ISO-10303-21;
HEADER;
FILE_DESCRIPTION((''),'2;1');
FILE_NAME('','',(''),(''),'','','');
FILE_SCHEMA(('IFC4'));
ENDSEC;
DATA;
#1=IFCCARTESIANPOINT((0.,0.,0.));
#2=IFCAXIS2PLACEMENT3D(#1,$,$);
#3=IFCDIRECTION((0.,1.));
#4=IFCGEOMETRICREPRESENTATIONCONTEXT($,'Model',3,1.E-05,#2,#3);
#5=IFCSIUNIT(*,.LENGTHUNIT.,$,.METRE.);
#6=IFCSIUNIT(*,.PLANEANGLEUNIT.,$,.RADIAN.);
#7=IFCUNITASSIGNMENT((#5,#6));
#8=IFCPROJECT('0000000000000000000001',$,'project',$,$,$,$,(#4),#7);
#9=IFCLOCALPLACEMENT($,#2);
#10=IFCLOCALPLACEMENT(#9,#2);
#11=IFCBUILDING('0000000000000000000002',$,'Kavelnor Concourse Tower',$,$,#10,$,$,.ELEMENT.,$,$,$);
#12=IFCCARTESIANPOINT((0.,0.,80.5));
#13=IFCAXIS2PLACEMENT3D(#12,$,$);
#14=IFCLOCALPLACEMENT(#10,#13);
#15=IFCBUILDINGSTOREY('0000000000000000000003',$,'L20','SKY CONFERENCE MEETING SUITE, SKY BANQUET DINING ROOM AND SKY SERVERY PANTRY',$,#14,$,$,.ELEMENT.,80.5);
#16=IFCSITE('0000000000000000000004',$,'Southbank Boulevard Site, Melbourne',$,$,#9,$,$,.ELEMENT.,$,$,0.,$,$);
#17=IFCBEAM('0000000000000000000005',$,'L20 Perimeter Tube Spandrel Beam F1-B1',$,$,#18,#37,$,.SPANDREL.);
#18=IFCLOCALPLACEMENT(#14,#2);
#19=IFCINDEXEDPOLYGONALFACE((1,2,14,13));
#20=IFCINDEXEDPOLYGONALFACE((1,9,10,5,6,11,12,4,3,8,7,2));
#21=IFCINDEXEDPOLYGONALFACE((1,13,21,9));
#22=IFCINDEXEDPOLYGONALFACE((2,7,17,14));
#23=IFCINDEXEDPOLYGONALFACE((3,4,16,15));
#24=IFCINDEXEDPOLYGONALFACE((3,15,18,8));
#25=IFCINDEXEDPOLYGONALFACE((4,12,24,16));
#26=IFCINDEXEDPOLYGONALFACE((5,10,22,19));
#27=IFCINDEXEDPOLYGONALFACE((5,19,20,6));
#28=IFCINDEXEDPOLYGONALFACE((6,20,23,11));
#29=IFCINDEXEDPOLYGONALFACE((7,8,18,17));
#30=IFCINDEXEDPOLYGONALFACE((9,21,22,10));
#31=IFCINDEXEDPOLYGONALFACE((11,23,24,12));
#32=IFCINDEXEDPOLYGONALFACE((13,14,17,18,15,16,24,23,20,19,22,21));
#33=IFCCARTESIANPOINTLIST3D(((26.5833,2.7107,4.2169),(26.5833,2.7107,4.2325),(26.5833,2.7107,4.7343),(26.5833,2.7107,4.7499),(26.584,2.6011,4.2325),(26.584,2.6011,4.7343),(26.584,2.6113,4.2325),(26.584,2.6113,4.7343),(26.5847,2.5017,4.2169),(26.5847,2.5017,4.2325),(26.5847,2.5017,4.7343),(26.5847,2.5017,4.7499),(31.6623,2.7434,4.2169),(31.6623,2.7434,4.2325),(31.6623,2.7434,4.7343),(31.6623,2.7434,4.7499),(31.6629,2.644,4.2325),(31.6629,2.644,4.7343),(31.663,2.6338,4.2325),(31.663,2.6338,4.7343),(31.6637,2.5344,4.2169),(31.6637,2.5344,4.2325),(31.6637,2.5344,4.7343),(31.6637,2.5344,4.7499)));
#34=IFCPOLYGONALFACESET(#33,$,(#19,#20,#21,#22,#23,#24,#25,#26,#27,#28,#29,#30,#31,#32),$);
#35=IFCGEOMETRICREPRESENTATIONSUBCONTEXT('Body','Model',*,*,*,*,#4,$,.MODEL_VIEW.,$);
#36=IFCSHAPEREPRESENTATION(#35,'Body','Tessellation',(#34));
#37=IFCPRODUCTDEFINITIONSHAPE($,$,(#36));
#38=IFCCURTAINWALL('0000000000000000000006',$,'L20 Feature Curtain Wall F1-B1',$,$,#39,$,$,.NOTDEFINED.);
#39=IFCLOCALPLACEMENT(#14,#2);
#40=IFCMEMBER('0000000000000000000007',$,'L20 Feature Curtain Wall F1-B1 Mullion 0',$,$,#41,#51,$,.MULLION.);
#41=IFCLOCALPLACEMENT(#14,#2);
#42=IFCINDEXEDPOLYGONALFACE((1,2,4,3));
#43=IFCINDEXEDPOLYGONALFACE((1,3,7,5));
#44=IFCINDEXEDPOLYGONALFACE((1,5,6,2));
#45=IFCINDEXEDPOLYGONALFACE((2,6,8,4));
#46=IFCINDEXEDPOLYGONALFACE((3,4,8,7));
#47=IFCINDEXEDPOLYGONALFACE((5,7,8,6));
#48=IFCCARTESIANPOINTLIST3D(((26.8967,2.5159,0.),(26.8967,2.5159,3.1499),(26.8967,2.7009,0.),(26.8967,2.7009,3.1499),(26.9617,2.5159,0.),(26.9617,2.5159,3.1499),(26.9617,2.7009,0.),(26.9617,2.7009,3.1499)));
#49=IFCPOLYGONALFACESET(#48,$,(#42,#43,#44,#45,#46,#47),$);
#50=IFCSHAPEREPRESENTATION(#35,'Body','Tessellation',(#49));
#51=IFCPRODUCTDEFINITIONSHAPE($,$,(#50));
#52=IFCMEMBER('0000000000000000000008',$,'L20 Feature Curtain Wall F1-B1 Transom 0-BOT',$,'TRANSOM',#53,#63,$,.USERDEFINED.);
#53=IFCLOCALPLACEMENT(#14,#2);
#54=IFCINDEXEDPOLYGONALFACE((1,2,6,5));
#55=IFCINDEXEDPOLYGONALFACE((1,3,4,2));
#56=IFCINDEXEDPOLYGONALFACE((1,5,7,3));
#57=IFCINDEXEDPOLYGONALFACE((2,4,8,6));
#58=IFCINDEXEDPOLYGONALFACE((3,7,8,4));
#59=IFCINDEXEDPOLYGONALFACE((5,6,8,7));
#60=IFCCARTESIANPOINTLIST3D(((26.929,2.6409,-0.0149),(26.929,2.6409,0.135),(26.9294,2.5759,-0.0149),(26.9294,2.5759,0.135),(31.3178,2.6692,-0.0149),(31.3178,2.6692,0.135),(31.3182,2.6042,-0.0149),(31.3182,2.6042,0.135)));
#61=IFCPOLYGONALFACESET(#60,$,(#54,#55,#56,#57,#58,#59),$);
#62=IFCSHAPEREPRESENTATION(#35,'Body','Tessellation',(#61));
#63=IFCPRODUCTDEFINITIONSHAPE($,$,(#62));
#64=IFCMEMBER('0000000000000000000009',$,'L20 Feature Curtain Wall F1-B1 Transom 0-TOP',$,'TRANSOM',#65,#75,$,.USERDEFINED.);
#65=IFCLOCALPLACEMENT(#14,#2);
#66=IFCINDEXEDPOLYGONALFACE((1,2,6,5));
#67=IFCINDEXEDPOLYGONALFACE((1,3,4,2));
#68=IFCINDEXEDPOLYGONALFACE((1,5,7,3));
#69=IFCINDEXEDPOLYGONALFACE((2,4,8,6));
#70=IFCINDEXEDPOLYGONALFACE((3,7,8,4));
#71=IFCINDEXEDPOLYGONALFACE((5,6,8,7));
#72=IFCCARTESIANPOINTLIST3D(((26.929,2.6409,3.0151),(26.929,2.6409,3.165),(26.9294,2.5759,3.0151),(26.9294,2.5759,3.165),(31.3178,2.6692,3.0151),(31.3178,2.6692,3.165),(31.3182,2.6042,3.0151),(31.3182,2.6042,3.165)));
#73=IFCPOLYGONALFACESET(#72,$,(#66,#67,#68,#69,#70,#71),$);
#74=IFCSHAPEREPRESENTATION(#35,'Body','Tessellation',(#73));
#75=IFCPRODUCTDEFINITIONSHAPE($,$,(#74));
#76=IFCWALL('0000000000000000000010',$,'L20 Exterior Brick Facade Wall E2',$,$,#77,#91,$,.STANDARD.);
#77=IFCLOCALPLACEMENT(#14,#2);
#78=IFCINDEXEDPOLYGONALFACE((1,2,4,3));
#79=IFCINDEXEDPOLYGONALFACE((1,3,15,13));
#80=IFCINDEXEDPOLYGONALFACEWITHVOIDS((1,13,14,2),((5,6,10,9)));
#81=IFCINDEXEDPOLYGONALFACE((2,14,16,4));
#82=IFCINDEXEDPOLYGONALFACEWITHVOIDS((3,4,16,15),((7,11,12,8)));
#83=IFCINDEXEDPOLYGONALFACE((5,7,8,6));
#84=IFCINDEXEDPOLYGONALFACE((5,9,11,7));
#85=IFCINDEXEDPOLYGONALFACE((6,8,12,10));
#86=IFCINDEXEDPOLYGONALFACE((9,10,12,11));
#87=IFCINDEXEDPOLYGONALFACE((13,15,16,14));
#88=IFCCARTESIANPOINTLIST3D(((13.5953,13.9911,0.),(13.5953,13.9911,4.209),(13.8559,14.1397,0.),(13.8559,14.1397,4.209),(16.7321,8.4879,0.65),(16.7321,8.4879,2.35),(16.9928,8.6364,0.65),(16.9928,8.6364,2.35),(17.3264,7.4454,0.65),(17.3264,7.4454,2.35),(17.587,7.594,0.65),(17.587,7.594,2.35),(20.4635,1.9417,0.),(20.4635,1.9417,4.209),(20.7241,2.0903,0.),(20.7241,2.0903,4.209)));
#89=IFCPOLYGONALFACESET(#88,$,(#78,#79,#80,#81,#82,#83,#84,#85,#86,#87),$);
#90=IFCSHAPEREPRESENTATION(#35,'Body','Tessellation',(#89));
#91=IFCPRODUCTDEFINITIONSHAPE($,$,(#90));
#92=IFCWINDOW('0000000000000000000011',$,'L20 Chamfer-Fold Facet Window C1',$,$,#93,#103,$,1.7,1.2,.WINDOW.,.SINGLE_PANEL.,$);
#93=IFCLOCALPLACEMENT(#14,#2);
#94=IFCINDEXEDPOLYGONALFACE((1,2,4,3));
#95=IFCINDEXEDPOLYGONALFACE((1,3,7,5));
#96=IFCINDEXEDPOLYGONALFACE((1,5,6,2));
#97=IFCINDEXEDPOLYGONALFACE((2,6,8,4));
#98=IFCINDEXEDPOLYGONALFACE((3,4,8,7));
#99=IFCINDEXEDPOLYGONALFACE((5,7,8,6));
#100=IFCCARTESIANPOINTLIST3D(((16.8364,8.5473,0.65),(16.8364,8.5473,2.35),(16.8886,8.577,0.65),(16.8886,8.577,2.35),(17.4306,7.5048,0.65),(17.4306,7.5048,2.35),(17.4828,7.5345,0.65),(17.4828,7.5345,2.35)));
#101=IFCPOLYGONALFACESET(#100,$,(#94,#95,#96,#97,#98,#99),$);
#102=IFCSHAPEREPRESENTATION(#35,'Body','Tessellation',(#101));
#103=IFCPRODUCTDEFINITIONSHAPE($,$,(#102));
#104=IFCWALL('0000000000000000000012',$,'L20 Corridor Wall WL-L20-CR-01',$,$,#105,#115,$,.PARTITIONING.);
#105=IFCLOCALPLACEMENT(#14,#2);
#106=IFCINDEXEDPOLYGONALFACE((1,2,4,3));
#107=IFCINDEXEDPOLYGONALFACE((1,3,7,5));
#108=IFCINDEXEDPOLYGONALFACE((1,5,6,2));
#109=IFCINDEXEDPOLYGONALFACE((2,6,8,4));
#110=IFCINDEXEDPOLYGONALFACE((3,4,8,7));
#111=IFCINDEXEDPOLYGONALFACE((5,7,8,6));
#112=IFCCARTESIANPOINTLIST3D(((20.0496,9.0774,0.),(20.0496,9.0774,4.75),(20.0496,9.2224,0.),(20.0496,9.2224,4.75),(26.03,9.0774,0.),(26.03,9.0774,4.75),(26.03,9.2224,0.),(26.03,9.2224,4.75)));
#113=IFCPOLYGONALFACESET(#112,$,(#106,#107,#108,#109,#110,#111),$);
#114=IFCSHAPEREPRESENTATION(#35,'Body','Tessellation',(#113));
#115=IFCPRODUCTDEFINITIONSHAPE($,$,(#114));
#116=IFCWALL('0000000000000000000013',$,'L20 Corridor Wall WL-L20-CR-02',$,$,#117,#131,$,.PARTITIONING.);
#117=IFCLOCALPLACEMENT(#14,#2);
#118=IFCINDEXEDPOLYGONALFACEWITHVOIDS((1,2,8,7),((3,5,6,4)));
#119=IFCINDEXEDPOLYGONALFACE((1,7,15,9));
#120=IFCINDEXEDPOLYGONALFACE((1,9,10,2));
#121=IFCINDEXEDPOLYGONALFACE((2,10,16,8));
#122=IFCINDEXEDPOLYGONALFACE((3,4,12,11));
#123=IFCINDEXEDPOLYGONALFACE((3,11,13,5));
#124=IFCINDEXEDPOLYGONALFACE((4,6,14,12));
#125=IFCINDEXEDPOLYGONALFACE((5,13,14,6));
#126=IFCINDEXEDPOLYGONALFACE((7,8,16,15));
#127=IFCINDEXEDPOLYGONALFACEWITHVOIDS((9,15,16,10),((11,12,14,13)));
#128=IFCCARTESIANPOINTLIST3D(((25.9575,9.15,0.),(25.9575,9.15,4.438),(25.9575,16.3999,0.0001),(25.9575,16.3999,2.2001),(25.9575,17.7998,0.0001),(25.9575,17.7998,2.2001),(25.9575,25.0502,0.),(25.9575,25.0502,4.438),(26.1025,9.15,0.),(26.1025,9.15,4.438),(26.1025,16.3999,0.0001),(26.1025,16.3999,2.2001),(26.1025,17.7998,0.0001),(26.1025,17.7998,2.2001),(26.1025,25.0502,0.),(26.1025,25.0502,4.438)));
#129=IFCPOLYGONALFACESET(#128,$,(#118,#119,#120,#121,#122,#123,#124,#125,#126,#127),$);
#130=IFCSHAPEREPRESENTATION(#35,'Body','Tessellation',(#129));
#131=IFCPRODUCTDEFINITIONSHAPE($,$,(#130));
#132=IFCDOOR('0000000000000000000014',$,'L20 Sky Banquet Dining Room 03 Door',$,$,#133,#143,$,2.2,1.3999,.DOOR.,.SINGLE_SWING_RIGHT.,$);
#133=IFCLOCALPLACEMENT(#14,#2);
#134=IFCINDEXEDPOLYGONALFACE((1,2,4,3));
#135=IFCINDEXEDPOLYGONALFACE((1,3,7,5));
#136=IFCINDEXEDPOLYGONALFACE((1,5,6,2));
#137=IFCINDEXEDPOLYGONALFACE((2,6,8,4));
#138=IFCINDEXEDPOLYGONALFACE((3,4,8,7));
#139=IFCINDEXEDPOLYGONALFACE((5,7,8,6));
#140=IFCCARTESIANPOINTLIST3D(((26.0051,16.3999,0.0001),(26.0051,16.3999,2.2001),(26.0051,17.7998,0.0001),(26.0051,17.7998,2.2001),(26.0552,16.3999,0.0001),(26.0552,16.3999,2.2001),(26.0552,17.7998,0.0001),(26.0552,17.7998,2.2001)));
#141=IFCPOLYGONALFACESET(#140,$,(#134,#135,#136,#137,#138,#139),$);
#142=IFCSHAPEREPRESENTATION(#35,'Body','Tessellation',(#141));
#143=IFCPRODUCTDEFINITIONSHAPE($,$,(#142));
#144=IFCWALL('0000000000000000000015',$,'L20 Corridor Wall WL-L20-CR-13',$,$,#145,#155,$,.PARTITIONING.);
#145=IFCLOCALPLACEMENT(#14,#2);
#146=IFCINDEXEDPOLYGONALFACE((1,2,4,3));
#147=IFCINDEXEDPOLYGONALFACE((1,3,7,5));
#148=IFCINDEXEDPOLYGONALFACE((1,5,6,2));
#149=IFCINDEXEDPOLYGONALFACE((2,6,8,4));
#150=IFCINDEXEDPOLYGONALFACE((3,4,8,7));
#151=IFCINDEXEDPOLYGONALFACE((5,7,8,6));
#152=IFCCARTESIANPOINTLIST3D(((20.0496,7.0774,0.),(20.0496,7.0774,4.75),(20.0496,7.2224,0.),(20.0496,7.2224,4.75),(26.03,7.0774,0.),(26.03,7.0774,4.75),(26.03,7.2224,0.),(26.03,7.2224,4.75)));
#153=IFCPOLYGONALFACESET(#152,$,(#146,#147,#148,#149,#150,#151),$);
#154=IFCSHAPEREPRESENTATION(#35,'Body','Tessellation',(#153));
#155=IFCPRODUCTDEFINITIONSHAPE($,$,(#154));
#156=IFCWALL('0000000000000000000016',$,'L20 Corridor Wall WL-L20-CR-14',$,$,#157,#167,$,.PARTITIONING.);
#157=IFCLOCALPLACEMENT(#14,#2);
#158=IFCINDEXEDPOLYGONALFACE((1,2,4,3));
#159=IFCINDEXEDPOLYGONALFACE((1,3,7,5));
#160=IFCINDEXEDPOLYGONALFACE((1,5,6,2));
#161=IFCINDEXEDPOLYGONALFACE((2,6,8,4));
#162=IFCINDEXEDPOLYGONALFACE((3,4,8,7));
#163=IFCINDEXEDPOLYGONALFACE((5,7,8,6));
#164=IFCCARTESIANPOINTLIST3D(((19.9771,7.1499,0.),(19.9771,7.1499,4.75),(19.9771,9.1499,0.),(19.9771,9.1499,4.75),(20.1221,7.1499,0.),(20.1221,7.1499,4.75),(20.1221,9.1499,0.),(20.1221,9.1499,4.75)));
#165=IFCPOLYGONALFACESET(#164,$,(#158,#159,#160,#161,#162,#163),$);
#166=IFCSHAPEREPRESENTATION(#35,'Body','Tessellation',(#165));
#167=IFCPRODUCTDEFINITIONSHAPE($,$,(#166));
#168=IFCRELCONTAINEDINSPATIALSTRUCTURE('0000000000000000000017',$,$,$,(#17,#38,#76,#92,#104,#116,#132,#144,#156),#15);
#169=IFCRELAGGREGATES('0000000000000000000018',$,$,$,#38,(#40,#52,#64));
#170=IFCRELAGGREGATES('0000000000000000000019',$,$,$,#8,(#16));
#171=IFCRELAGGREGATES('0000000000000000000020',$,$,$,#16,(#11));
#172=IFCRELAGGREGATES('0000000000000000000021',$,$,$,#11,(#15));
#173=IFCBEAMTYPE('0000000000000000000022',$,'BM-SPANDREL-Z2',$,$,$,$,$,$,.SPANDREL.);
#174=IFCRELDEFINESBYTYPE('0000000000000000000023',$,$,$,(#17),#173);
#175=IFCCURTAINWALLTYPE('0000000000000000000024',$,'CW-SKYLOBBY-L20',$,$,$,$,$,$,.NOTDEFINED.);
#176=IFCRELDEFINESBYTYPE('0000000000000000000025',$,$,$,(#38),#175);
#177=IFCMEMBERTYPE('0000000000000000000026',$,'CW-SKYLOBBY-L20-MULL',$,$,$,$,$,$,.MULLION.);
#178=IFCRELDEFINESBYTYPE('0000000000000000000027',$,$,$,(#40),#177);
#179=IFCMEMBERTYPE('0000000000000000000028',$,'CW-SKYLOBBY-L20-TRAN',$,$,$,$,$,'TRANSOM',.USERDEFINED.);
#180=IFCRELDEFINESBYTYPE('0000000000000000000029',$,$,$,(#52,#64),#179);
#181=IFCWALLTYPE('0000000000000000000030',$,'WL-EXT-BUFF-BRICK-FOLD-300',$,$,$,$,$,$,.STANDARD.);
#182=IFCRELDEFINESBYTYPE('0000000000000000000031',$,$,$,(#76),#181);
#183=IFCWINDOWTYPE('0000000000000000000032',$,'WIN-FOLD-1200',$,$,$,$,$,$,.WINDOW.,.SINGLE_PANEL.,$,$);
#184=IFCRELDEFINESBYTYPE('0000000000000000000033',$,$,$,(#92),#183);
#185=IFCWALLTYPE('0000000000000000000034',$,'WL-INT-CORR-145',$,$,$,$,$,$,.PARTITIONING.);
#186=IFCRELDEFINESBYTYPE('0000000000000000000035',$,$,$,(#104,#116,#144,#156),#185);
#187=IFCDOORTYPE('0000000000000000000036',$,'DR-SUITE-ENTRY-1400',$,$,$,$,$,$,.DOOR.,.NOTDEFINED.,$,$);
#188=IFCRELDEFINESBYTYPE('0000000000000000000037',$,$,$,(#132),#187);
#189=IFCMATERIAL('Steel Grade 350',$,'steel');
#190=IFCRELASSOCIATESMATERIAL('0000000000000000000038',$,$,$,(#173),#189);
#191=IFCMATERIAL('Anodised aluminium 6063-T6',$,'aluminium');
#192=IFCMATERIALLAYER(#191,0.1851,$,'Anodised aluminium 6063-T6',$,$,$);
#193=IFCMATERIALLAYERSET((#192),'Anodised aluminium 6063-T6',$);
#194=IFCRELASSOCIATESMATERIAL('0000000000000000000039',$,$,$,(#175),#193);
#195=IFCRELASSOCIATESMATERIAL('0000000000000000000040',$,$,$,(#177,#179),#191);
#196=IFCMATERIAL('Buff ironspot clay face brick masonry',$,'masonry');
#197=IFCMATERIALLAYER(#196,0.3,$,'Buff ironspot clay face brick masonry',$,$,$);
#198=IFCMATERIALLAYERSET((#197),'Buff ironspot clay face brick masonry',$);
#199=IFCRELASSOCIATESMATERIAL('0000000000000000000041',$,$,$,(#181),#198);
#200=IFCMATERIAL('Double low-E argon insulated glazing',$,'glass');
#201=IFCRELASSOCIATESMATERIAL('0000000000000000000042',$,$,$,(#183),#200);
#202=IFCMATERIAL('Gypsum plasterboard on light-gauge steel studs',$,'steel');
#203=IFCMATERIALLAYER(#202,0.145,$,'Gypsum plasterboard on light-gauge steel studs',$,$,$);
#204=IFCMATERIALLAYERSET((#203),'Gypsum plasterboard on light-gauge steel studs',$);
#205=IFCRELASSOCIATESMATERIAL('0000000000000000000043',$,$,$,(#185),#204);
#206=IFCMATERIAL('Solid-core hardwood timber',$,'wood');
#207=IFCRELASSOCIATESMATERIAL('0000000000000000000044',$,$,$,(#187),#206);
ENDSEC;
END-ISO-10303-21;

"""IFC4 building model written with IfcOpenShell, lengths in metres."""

from ifc_helpers import new_model, si_unit, direction, frame, frame_2d, origin, origin_2d, place, context, subcontext, project, spatial, rectangle, i_section, extrude, material, layer, layer_set, material_profile, profile_set, type_object, element, fill, aggregate, save


model = new_model("IFC4")

# Units and contexts
model_context = context("Model", 3, precision=1e-05, world=origin(), true_north=direction((0.0, 1.0)))
body_context = subcontext(model_context, "Body", "Model", "MODEL_VIEW")
ifc_project = project(units=[si_unit("LENGTHUNIT", "METRE"), si_unit("PLANEANGLEUNIT", "RADIAN")], contexts=[model_context])

# Site, building, storey
site_placement = place(None, origin())
site = spatial("IfcSite", under=ifc_project, at=site_placement, Name="Southbank Boulevard Site, Melbourne", CompositionType="ELEMENT", RefElevation=0.0)
building_placement = place(site_placement, origin())
building = spatial("IfcBuilding", under=site, at=building_placement, Name="Kavelnor Concourse Tower", CompositionType="ELEMENT")
storey_placement = place(building_placement, frame((0.0, 0.0, 80.5)))
storey = spatial("IfcBuildingStorey", under=building, at=storey_placement, Name="L20", Description="SKY CONFERENCE MEETING SUITE, SKY BANQUET DINING ROOM AND SKY SERVERY PANTRY", CompositionType="ELEMENT", Elevation=80.5)

# Shared definitions
ifc_material_1 = material(Name="Steel Grade 350", Category="steel")

# Beam
ifc_material_profile_1 = material_profile(ifc_material_1, i_section(OverallWidth=0.209, OverallDepth=0.533, WebThickness=0.0103, FlangeThickness=0.0156, at=origin_2d()), Name="530UB92")
ifc_profile_set_1 = profile_set([ifc_material_profile_1], Name="Steel Grade 350")
beam_type_1 = type_object("IfcBeamType", Name="BM-SPANDREL-Z2", PredefinedType="SPANDREL", material=ifc_profile_set_1)
beam_1_placement = place(storey_placement, frame((26.584, 2.6062, 4.4834), z_axis=(0.999979, 0.006441, 0.0), x_axis=(-0.006441, 0.999979, 0.0)))
element("IfcBeam", 1, at=beam_1_placement, inside=storey, type_object=beam_type_1, Name="L20 Perimeter Tube Spandrel Beam F1-B1", PredefinedType="SPANDREL", context=body_context, shape_type="SweptSolid", body=[
    extrude(i_section(OverallWidth=0.209, OverallDepth=0.533, WebThickness=0.0103, FlangeThickness=0.0156, at=origin_2d()), origin(), (0.0, 0.0, 1.0), 5.0791),
])

# Curtain wall, members
ifc_material_2 = material(Name="Anodised aluminium 6063-T6", Category="aluminium")
ifc_layer_1 = layer(ifc_material_2, 0.1851, Name="Anodised aluminium 6063-T6")
ifc_layer_set_1 = layer_set([ifc_layer_1], Name="Anodised aluminium 6063-T6")
curtain_wall_type = type_object("IfcCurtainWallType", Name="CW-SKYLOBBY-L20", PredefinedType="NOTDEFINED", material=ifc_layer_set_1)
curtain_wall_placement = place(storey_placement, origin())
curtain_wall = element("IfcCurtainWall", 2, at=curtain_wall_placement, inside=storey, type_object=curtain_wall_type, Name="L20 Feature Curtain Wall F1-B1", PredefinedType="NOTDEFINED")
ifc_material_profile_2 = material_profile(ifc_material_2, rectangle(XDim=0.0649, YDim=0.1851, at=origin_2d()), Name="AL-MULL 65x185")
ifc_profile_set_2 = profile_set([ifc_material_profile_2], Name="Anodised aluminium 6063-T6")
member_type_1 = type_object("IfcMemberType", Name="CW-SKYLOBBY-L20-MULL", PredefinedType="MULLION", material=ifc_profile_set_2)
member_1_placement = place(storey_placement, frame((26.9292, 2.6084, 0.0), z_axis=(0.0, 0.0, 1.0), x_axis=(1.0, 0.0, 0.0)))
member_1 = element("IfcMember", 3, at=member_1_placement, type_object=member_type_1, Name="L20 Feature Curtain Wall F1-B1 Mullion 0", PredefinedType="MULLION", context=body_context, shape_type="SweptSolid", body=[
    extrude(rectangle(XDim=0.0649, YDim=0.1851, at=origin_2d()), origin(), (0.0, 0.0, 1.0), 3.1499),
])
ifc_material_profile_3 = material_profile(ifc_material_2, rectangle(XDim=0.0649, YDim=0.1499, at=origin_2d()), Name="AL-TRAN 65x150")
ifc_profile_set_3 = profile_set([ifc_material_profile_3], Name="Anodised aluminium 6063-T6")
member_type_2 = type_object("IfcMemberType", Name="CW-SKYLOBBY-L20-TRAN", ElementType="TRANSOM", PredefinedType="USERDEFINED", material=ifc_profile_set_3)
member_2_placement = place(storey_placement, frame((26.9292, 2.6084, 0.0601), z_axis=(0.999979, 0.006453, 0.0), x_axis=(-0.006453, 0.999979, 0.0)))
member_2 = element("IfcMember", 4, at=member_2_placement, type_object=member_type_2, Name="L20 Feature Curtain Wall F1-B1 Transom 0-BOT", ObjectType="TRANSOM", PredefinedType="USERDEFINED", context=body_context, shape_type="SweptSolid", body=[
    extrude(rectangle(XDim=0.0649, YDim=0.1499, at=origin_2d()), origin(), (0.0, 0.0, 1.0), 4.3889),
])
member_3_placement = place(storey_placement, frame((26.9292, 2.6084, 3.0901), z_axis=(0.999979, 0.006453, 0.0), x_axis=(-0.006453, 0.999979, 0.0)))
member_3 = element("IfcMember", 5, at=member_3_placement, type_object=member_type_2, Name="L20 Feature Curtain Wall F1-B1 Transom 0-TOP", ObjectType="TRANSOM", PredefinedType="USERDEFINED", context=body_context, shape_type="SweptSolid", body=[
    extrude(rectangle(XDim=0.0649, YDim=0.1499, at=origin_2d()), origin(), (0.0, 0.0, 1.0), 4.3889),
])
aggregate(curtain_wall, [member_1, member_2, member_3])

# Wall, opening, window
ifc_material_3 = material(Name="Buff ironspot clay face brick masonry", Category="masonry")
ifc_layer_2 = layer(ifc_material_3, 0.3, Name="Buff ironspot clay face brick masonry")
ifc_layer_set_2 = layer_set([ifc_layer_2], Name="Buff ironspot clay face brick masonry")
wall_type_1 = type_object("IfcWallType", Name="WL-EXT-BUFF-BRICK-FOLD-300", PredefinedType="STANDARD", material=ifc_layer_set_2)
wall_1_placement = place(storey_placement, frame((20.5938, 2.0161, 0.0), z_axis=(0.0, 0.0, 1.0), x_axis=(-0.495206, 0.868776, 0.0)))
wall_1 = element("IfcWall", 6, at=wall_1_placement, inside=storey, type_object=wall_type_1, Name="L20 Exterior Brick Facade Wall E2", PredefinedType="STANDARD", context=body_context, shape_type="SweptSolid", body=[
    extrude(rectangle(XDim=13.8694, YDim=0.3, at=frame_2d((6.9346, 0.0))), origin(), (0.0, 0.0, 1.0), 4.209),
])
opening_1_placement = place(wall_1_placement, frame((6.3347, 0.0, 0.6499)))
opening_1 = element("IfcOpeningElement", 7, at=opening_1_placement, cuts=wall_1, PredefinedType="OPENING", context=body_context, shape_type="SweptSolid", body=[
    extrude(rectangle(XDim=1.2, YDim=1.7, at=frame_2d((0.6001, 0.8501))), frame((0.0, 0.1602, 0.0), z_axis=(0.0, -1.0, 0.0), x_axis=(1.0, 0.0, 0.0)), (0.0, 0.0, 1.0), 0.3201),
])
ifc_material_4 = material(Name="Double low-E argon insulated glazing", Category="glass")
window_type = type_object("IfcWindowType", Name="WIN-FOLD-1200", PartitioningType="SINGLE_PANEL", PredefinedType="WINDOW", material=ifc_material_4)
window_placement = place(opening_1_placement, origin())
window = element("IfcWindow", 8, at=window_placement, inside=storey, type_object=window_type, Name="L20 Chamfer-Fold Facet Window C1", OverallHeight=1.7, OverallWidth=1.2, PartitioningType="SINGLE_PANEL", PredefinedType="WINDOW", context=body_context, shape_type="SweptSolid", body=[
    extrude(rectangle(XDim=1.2, YDim=1.7, at=frame_2d((0.6001, 0.8501))), frame((0.0, 0.03, 0.0), z_axis=(0.0, -1.0, 0.0), x_axis=(1.0, 0.0, 0.0)), (0.0, 0.0, 1.0), 0.0601),
])
fill(opening_1, window)

# Wall
ifc_material_5 = material(Name="Gypsum plasterboard on light-gauge steel studs", Category="steel")
ifc_layer_3 = layer(ifc_material_5, 0.145, Name="Gypsum plasterboard on light-gauge steel studs")
ifc_layer_set_3 = layer_set([ifc_layer_3], Name="Gypsum plasterboard on light-gauge steel studs")
wall_type_2 = type_object("IfcWallType", Name="WL-INT-CORR-145", PredefinedType="PARTITIONING", material=ifc_layer_set_3)
wall_2_placement = place(storey_placement, frame((20.0496, 9.1499, 0.0), z_axis=(0.0, 0.0, 1.0), x_axis=(1.0, 0.0, 0.0)))
element("IfcWall", 9, at=wall_2_placement, inside=storey, type_object=wall_type_2, Name="L20 Corridor Wall WL-L20-CR-01", PredefinedType="PARTITIONING", context=body_context, shape_type="SweptSolid", body=[
    extrude(rectangle(XDim=5.9805, YDim=0.145, at=frame_2d((2.9902, 0.0))), origin(), (0.0, 0.0, 1.0), 4.75),
])

# Wall, opening, door
wall_3_placement = place(storey_placement, frame((26.03, 9.1499, 0.0), z_axis=(0.0, 0.0, 1.0), x_axis=(0.0, 1.0, 0.0)))
wall_3 = element("IfcWall", 10, at=wall_3_placement, inside=storey, type_object=wall_type_2, Name="L20 Corridor Wall WL-L20-CR-02", PredefinedType="PARTITIONING", context=body_context, shape_type="SweptSolid", body=[
    extrude(rectangle(XDim=15.9001, YDim=0.145, at=frame_2d((7.9502, 0.0))), origin(), (0.0, 0.0, 1.0), 4.438),
])
opening_2_placement = place(wall_3_placement, frame((7.25, 0.0, 0.0)))
opening_2 = element("IfcOpeningElement", 11, at=opening_2_placement, cuts=wall_3, PredefinedType="OPENING", context=body_context, shape_type="SweptSolid", body=[
    extrude(rectangle(XDim=1.3999, YDim=2.2, at=frame_2d((0.7, 1.1001))), frame((0.0, 0.0825, 0.0), z_axis=(0.0, -1.0, 0.0), x_axis=(1.0, 0.0, 0.0)), (0.0, 0.0, 1.0), 0.165),
])
ifc_material_6 = material(Name="Solid-core hardwood timber", Category="wood")
door_type = type_object("IfcDoorType", Name="DR-SUITE-ENTRY-1400", OperationType="NOTDEFINED", PredefinedType="DOOR", material=ifc_material_6)
door_placement = place(opening_2_placement, origin())
door = element("IfcDoor", 12, at=door_placement, inside=storey, type_object=door_type, Name="L20 Sky Banquet Dining Room 03 Door", OperationType="SINGLE_SWING_RIGHT", OverallHeight=2.2, OverallWidth=1.3999, PredefinedType="DOOR", context=body_context, shape_type="SweptSolid", body=[
    extrude(rectangle(XDim=1.3999, YDim=2.2, at=frame_2d((0.7, 1.1001))), frame((0.0, 0.0249, 0.0), z_axis=(0.0, -1.0, 0.0), x_axis=(1.0, 0.0, 0.0)), (0.0, 0.0, 1.0), 0.05),
])
fill(opening_2, door)

# Walls
wall_4_placement = place(storey_placement, frame((26.03, 7.1499, 0.0), z_axis=(0.0, 0.0, 1.0), x_axis=(-1.0, 0.0, 0.0)))
element("IfcWall", 13, at=wall_4_placement, inside=storey, type_object=wall_type_2, Name="L20 Corridor Wall WL-L20-CR-13", PredefinedType="PARTITIONING", context=body_context, shape_type="SweptSolid", body=[
    extrude(rectangle(XDim=5.9805, YDim=0.145, at=frame_2d((2.9902, 0.0))), origin(), (0.0, 0.0, 1.0), 4.75),
])
wall_5_placement = place(storey_placement, frame((20.0496, 7.1499, 0.0), z_axis=(0.0, 0.0, 1.0), x_axis=(0.0, 1.0, 0.0)))
element("IfcWall", 14, at=wall_5_placement, inside=storey, type_object=wall_type_2, Name="L20 Corridor Wall WL-L20-CR-14", PredefinedType="PARTITIONING", context=body_context, shape_type="SweptSolid", body=[
    extrude(rectangle(XDim=2.0, YDim=0.145, at=frame_2d((1.0, 0.0))), origin(), (0.0, 0.0, 1.0), 4.75),
])

save(model, "model.ifc")
